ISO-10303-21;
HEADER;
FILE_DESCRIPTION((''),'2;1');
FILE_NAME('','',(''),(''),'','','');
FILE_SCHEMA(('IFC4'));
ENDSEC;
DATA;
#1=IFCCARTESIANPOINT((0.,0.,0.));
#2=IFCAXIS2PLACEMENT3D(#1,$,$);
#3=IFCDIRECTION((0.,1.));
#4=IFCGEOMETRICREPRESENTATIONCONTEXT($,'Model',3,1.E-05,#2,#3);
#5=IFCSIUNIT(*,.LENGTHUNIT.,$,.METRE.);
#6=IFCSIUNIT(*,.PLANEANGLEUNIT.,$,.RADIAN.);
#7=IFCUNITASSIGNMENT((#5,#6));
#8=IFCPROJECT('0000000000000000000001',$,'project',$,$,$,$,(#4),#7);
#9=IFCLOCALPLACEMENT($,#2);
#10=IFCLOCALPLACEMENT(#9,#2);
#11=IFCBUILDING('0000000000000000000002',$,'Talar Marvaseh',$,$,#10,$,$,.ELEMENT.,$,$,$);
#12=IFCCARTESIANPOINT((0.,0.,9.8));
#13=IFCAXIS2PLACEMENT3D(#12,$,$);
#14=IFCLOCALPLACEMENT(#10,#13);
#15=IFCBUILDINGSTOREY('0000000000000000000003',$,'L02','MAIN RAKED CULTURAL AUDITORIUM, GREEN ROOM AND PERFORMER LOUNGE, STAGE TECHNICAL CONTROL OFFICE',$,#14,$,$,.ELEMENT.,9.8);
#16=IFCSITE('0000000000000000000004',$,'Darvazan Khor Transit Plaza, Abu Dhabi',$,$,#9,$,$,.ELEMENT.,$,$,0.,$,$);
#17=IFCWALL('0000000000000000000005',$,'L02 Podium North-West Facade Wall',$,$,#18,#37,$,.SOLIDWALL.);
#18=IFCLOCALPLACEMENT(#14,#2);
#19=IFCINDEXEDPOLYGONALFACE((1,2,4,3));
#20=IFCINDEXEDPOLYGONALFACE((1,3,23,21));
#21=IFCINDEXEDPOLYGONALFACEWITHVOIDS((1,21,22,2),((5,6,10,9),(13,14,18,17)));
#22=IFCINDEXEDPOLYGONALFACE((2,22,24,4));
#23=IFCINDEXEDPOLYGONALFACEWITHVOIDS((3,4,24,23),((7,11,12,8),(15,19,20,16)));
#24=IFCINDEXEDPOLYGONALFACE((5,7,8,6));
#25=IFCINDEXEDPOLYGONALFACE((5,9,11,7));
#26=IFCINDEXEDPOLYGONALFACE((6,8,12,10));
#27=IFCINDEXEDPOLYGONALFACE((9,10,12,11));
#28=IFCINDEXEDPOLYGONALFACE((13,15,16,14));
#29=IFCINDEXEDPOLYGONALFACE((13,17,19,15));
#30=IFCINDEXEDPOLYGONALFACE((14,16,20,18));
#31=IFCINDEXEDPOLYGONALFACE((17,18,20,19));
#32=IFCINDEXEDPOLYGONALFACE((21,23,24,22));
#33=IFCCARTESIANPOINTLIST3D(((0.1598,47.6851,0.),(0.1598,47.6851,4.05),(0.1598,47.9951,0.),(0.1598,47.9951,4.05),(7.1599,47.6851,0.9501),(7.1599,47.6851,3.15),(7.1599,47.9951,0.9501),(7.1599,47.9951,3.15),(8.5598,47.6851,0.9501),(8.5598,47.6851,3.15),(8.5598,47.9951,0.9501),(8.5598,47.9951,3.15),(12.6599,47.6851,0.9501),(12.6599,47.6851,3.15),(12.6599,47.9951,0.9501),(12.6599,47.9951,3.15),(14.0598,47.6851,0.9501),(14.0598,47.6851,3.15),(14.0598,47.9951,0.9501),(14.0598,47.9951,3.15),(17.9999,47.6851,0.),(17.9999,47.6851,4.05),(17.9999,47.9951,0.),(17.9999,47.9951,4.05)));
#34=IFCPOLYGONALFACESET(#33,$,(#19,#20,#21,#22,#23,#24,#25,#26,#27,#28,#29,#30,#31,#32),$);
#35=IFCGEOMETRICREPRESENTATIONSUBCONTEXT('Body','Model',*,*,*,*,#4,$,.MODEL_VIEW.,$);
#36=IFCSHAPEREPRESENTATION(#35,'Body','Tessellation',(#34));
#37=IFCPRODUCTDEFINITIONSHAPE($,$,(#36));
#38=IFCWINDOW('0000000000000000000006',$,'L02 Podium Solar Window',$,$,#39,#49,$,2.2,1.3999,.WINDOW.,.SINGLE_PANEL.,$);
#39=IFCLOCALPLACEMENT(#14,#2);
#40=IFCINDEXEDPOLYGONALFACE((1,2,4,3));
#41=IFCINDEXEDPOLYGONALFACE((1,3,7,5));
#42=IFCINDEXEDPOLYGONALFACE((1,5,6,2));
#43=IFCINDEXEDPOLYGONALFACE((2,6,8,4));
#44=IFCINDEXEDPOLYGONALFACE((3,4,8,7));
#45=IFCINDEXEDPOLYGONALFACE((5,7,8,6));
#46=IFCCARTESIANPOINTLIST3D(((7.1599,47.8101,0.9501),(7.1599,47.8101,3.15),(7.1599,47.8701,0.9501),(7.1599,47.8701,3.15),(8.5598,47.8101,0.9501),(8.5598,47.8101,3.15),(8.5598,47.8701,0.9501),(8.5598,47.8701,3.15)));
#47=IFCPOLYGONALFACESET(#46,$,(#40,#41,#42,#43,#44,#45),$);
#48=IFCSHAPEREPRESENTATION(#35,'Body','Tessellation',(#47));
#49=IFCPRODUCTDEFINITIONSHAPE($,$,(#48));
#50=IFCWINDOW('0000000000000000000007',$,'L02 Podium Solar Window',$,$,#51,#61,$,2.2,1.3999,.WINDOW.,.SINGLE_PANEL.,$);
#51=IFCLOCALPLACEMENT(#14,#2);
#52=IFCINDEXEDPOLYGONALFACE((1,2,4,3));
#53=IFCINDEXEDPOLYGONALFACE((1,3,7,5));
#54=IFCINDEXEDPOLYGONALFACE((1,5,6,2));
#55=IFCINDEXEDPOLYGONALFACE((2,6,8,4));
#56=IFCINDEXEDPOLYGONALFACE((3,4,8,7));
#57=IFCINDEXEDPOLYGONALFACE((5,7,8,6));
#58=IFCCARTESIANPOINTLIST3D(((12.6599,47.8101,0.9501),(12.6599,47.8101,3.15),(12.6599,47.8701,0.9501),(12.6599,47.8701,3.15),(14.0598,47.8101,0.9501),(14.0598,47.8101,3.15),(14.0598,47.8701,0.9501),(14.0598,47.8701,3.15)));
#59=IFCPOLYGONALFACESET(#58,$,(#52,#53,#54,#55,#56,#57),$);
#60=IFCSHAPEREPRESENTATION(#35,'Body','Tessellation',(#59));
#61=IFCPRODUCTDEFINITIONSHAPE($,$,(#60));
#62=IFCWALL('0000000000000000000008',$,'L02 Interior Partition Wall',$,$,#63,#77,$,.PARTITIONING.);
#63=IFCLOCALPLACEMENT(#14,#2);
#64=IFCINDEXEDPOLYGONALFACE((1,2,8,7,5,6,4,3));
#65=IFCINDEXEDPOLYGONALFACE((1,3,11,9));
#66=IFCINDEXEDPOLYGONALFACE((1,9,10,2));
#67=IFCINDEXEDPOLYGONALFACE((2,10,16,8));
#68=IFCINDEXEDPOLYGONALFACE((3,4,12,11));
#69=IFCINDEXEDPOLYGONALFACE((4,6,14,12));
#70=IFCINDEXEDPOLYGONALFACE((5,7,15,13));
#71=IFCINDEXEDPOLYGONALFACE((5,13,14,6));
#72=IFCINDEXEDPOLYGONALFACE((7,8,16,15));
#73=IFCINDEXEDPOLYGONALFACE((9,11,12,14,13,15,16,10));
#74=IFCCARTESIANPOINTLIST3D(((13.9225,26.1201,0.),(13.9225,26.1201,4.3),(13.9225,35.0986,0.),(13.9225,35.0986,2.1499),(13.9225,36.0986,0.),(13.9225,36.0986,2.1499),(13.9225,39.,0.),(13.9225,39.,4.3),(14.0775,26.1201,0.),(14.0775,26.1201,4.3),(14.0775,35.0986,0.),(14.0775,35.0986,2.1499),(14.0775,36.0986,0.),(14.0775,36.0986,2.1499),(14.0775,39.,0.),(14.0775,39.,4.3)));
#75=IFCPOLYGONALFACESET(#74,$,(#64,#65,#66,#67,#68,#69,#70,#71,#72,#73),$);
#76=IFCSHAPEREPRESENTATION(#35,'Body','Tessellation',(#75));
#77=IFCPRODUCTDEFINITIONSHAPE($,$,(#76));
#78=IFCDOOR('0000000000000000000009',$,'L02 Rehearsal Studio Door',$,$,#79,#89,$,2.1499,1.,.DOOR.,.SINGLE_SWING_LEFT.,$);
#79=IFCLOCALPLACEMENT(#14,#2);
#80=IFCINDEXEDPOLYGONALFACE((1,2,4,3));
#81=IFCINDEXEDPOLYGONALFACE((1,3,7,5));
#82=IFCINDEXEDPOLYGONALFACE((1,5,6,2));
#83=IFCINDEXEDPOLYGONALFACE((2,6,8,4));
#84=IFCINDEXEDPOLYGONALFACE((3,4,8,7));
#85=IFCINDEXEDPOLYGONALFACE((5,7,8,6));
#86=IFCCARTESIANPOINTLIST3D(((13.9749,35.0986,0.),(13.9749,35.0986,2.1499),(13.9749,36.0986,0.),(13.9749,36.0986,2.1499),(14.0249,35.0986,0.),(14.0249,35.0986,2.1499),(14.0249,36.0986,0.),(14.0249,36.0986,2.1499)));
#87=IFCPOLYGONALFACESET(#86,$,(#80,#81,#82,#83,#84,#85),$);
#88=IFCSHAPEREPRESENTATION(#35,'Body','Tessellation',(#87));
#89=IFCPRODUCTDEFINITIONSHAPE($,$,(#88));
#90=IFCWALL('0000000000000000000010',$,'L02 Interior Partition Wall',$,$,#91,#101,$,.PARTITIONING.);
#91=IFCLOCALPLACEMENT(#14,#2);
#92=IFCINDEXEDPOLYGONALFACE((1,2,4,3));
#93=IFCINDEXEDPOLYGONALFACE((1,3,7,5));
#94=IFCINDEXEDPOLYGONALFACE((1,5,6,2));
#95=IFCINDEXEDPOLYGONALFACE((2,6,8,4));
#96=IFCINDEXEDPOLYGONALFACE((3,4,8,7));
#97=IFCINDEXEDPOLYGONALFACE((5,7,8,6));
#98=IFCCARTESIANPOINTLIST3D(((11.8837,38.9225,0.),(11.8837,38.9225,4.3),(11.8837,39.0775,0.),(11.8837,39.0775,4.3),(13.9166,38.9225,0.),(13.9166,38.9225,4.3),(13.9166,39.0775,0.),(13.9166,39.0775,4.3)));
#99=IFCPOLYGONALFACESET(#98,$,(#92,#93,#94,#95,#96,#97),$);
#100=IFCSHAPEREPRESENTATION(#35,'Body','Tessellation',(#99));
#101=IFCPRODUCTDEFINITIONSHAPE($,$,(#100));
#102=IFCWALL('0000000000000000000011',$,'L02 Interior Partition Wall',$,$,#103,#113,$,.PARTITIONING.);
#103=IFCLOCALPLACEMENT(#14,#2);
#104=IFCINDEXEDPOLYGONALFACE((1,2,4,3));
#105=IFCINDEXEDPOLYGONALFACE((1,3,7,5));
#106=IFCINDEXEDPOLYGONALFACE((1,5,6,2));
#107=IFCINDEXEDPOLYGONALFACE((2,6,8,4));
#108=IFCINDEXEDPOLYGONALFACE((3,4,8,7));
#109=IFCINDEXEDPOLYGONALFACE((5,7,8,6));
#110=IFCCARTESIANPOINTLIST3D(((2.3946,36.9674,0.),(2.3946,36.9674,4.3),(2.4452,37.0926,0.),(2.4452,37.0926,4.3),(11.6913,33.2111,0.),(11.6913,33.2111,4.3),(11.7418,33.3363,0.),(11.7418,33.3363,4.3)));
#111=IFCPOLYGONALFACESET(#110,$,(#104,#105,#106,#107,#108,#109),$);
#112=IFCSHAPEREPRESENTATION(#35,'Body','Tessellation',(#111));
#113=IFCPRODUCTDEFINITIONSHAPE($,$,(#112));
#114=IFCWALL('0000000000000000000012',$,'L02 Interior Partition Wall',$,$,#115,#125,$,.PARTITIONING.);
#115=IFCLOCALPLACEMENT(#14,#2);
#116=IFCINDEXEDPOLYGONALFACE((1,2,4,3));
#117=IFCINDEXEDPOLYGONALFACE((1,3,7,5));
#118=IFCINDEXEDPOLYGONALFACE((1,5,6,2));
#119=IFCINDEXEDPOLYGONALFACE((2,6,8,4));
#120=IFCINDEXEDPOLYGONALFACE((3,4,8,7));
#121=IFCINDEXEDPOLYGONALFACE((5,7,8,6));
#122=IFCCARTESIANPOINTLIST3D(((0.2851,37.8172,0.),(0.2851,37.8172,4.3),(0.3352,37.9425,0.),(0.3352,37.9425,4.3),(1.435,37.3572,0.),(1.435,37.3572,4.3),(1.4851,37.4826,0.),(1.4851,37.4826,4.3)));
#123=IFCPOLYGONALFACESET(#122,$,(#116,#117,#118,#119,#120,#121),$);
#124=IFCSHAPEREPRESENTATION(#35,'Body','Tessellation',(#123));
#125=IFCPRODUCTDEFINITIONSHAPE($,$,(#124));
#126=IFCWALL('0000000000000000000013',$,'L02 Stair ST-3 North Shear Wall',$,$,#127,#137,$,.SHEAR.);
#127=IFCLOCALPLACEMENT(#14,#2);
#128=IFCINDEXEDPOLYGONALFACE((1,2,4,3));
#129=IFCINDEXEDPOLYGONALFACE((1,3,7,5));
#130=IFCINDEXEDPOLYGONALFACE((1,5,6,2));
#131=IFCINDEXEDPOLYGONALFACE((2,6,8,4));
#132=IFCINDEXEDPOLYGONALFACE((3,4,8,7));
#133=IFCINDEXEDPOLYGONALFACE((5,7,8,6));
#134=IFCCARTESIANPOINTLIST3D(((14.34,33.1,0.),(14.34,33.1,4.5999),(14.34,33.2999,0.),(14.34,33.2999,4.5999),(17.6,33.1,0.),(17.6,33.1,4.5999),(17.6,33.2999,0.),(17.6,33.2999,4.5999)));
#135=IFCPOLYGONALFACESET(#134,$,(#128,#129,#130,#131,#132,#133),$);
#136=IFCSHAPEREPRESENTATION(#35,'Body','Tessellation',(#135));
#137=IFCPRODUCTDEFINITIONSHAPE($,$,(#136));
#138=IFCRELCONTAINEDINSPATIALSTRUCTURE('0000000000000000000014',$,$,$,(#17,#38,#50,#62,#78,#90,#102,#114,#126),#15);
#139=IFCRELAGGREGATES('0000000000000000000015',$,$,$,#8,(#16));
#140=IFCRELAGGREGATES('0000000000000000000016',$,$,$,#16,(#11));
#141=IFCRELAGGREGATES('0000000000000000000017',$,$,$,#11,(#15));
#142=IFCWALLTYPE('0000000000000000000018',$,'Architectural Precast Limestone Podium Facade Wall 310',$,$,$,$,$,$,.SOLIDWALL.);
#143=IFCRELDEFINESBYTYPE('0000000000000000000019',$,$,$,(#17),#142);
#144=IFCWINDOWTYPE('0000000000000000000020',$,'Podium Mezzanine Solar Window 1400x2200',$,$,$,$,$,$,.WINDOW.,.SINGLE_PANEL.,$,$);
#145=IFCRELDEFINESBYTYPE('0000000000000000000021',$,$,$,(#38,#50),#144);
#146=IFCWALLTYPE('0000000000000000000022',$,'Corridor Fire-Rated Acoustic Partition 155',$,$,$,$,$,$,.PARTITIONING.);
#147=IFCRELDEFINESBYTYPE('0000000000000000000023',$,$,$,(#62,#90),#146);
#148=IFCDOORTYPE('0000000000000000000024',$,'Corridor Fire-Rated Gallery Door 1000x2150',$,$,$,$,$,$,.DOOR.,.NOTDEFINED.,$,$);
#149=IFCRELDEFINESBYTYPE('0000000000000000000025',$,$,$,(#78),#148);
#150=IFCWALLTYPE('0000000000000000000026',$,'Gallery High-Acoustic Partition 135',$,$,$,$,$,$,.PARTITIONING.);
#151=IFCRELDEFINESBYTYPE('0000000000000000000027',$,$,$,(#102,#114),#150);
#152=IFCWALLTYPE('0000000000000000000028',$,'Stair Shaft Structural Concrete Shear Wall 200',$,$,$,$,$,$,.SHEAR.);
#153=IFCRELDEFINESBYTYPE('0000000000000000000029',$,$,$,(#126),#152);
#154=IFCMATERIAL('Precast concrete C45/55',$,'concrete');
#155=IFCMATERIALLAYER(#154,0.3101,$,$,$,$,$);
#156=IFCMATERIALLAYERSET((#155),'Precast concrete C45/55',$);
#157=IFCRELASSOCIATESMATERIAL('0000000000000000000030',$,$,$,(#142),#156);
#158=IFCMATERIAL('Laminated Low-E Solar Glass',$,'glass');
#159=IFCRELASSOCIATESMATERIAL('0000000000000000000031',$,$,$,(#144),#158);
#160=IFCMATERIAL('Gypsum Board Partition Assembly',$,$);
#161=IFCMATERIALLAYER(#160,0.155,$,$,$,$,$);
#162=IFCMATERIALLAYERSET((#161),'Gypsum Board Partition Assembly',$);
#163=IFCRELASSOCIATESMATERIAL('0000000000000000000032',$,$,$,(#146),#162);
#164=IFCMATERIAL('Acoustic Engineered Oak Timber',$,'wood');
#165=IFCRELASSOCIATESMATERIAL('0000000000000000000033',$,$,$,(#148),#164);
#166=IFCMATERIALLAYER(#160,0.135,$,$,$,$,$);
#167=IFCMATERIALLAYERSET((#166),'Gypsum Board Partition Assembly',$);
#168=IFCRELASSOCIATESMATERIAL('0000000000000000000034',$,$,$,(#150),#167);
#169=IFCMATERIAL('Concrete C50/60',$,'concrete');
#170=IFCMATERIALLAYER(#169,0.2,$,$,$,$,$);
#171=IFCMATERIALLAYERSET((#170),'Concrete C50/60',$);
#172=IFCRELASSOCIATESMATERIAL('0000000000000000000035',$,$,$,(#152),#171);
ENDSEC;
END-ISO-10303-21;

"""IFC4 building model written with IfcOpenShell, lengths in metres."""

from ifc_helpers import new_model, si_unit, direction, frame, frame_2d, origin, place, context, subcontext, project, spatial, rectangle, extrude, source, transform, mapped, material, layer, layer_set, type_object, type_shapes, element, fill, save


model = new_model("IFC4")

# Units and contexts
model_context = context("Model", 3, precision=1e-05, world=origin(), true_north=direction((0.0, 1.0)))
body_context = subcontext(model_context, "Body", "Model", "MODEL_VIEW")
ifc_project = project(units=[si_unit("LENGTHUNIT", "METRE"), si_unit("PLANEANGLEUNIT", "RADIAN")], contexts=[model_context])

# Site, building, storey
site_placement = place(None, origin())
site = spatial("IfcSite", under=ifc_project, at=site_placement, Name="Darvazan Khor Transit Plaza, Abu Dhabi", CompositionType="ELEMENT", RefElevation=0.0)
building_placement = place(site_placement, origin())
building = spatial("IfcBuilding", under=site, at=building_placement, Name="Talar Marvaseh", CompositionType="ELEMENT")
storey_placement = place(building_placement, frame((0.0, 0.0, 9.8)))
storey = spatial("IfcBuildingStorey", under=building, at=storey_placement, Name="L02", Description="MAIN RAKED CULTURAL AUDITORIUM, GREEN ROOM AND PERFORMER LOUNGE, STAGE TECHNICAL CONTROL OFFICE", CompositionType="ELEMENT", Elevation=9.8)

# Wall, openings, windows
ifc_material_1 = material(Name="Precast concrete C45/55", Category="concrete")
ifc_layer_1 = layer(ifc_material_1, 0.3101)
ifc_layer_set_1 = layer_set([ifc_layer_1], Name="Precast concrete C45/55")
wall_type_1 = type_object("IfcWallType", Name="Architectural Precast Limestone Podium Facade Wall 310", PredefinedType="SOLIDWALL", material=ifc_layer_set_1)
wall_1_placement = place(storey_placement, frame((0.1599, 47.8401, 0.0), z_axis=(0.0, 0.0, 1.0), x_axis=(1.0, 0.0, 0.0)))
wall_1 = element("IfcWall", 1, at=wall_1_placement, inside=storey, type_object=wall_type_1, Name="L02 Podium North-West Facade Wall", PredefinedType="SOLIDWALL", context=body_context, shape_type="SweptSolid", body=[
    extrude(rectangle(XDim=17.8401, YDim=0.3101, at=frame_2d((8.9199, 0.0))), origin(), (0.0, 0.0, 1.0), 4.05),
])
opening_1_placement = place(wall_1_placement, frame((7.0, 0.0, 0.95)))
opening_1 = element("IfcOpeningElement", 2, at=opening_1_placement, cuts=wall_1, PredefinedType="OPENING", context=body_context, shape_type="SweptSolid", body=[
    extrude(rectangle(XDim=1.3999, YDim=2.2, at=frame_2d((0.7, 1.1001))), frame((0.0, 0.165, 0.0), z_axis=(0.0, -1.0, 0.0), x_axis=(1.0, 0.0, 0.0)), (0.0, 0.0, 1.0), 0.3301),
])
opening_2_placement = place(wall_1_placement, frame((12.5, 0.0, 0.95)))
opening_2 = element("IfcOpeningElement", 3, at=opening_2_placement, cuts=wall_1, PredefinedType="OPENING", context=body_context, shape_type="SweptSolid", body=[
    extrude(rectangle(XDim=1.3999, YDim=2.2, at=frame_2d((0.7, 1.1001))), frame((0.0, 0.165, 0.0), z_axis=(0.0, -1.0, 0.0), x_axis=(1.0, 0.0, 0.0)), (0.0, 0.0, 1.0), 0.3301),
])
ifc_material_2 = material(Name="Laminated Low-E Solar Glass", Category="glass")
window_type = type_object("IfcWindowType", Name="Podium Mezzanine Solar Window 1400x2200", PartitioningType="SINGLE_PANEL", PredefinedType="WINDOW", material=ifc_material_2)
shared_shape_1 = source(origin(), body_context, "Body", "SweptSolid", [
    extrude(rectangle(XDim=1.3999, YDim=2.2, at=frame_2d((0.7, 1.1001))), frame((0.0, 0.03, 0.0), z_axis=(0.0, -1.0, 0.0), x_axis=(1.0, 0.0, 0.0)), (0.0, 0.0, 1.0), 0.0601),
])
type_shapes(window_type, [shared_shape_1])
window_1_placement = place(opening_1_placement, origin())
window_1 = element("IfcWindow", 4, at=window_1_placement, inside=storey, type_object=window_type, Name="L02 Podium Solar Window", OverallHeight=2.2, OverallWidth=1.3999, PartitioningType="SINGLE_PANEL", PredefinedType="WINDOW", context=body_context, shape_type="MappedRepresentation", body=[
    mapped(shared_shape_1, transform((0.0, 0.0, 0.0), x_axis=(1.0, 0.0, 0.0), y_axis=(0.0, 1.0, 0.0), z_axis=(0.0, 0.0, 1.0), scale=1.0)),
])
fill(opening_1, window_1)
window_2_placement = place(opening_2_placement, origin())
window_2 = element("IfcWindow", 5, at=window_2_placement, inside=storey, type_object=window_type, Name="L02 Podium Solar Window", OverallHeight=2.2, OverallWidth=1.3999, PartitioningType="SINGLE_PANEL", PredefinedType="WINDOW", context=body_context, shape_type="MappedRepresentation", body=[
    mapped(shared_shape_1, transform((0.0, 0.0, 0.0), x_axis=(1.0, 0.0, 0.0), y_axis=(0.0, 1.0, 0.0), z_axis=(0.0, 0.0, 1.0), scale=1.0)),
])
fill(opening_2, window_2)

# Wall, opening, door
ifc_material_3 = material(Name="Gypsum Board Partition Assembly")
ifc_layer_2 = layer(ifc_material_3, 0.155)
ifc_layer_set_2 = layer_set([ifc_layer_2], Name="Gypsum Board Partition Assembly")
wall_type_2 = type_object("IfcWallType", Name="Corridor Fire-Rated Acoustic Partition 155", PredefinedType="PARTITIONING", material=ifc_layer_set_2)
wall_2_placement = place(storey_placement, frame((14.0, 39.0, 0.0), z_axis=(0.0, 0.0, 1.0), x_axis=(0.0, -1.0, 0.0)))
wall_2 = element("IfcWall", 6, at=wall_2_placement, inside=storey, type_object=wall_type_2, Name="L02 Interior Partition Wall", PredefinedType="PARTITIONING", context=body_context, shape_type="SweptSolid", body=[
    extrude(rectangle(XDim=12.8799, YDim=0.155, at=frame_2d((6.4399, 0.0))), origin(), (0.0, 0.0, 1.0), 4.3),
])
opening_3_placement = place(wall_2_placement, frame((2.9014, 0.0, 0.0)))
opening_3 = element("IfcOpeningElement", 7, at=opening_3_placement, cuts=wall_2, PredefinedType="OPENING", context=body_context, shape_type="SweptSolid", body=[
    extrude(rectangle(XDim=1.0, YDim=2.1499, at=frame_2d((0.5, 1.075))), frame((0.0, 0.0874, 0.0), z_axis=(0.0, -1.0, 0.0), x_axis=(1.0, 0.0, 0.0)), (0.0, 0.0, 1.0), 0.175),
])
ifc_material_4 = material(Name="Acoustic Engineered Oak Timber", Category="wood")
door_type = type_object("IfcDoorType", Name="Corridor Fire-Rated Gallery Door 1000x2150", OperationType="NOTDEFINED", PredefinedType="DOOR", material=ifc_material_4)
shared_shape_2 = source(origin(), body_context, "Body", "SweptSolid", [
    extrude(rectangle(XDim=1.0, YDim=2.1499, at=frame_2d((0.5, 1.075))), frame((0.0, 0.0249, 0.0), z_axis=(0.0, -1.0, 0.0), x_axis=(1.0, 0.0, 0.0)), (0.0, 0.0, 1.0), 0.05),
])
type_shapes(door_type, [shared_shape_2])
door_placement = place(opening_3_placement, origin())
door = element("IfcDoor", 8, at=door_placement, inside=storey, type_object=door_type, Name="L02 Rehearsal Studio Door", OperationType="SINGLE_SWING_LEFT", OverallHeight=2.1499, OverallWidth=1.0, PredefinedType="DOOR", context=body_context, shape_type="MappedRepresentation", body=[
    mapped(shared_shape_2, transform((0.0, 0.0, 0.0), x_axis=(1.0, 0.0, 0.0), y_axis=(0.0, 1.0, 0.0), z_axis=(0.0, 0.0, 1.0), scale=1.0)),
])
fill(opening_3, door)

# Walls
wall_3_placement = place(storey_placement, frame((11.8835, 39.0, 0.0), z_axis=(0.0, 0.0, 1.0), x_axis=(1.0, 0.0, 0.0)))
element("IfcWall", 9, at=wall_3_placement, inside=storey, type_object=wall_type_2, Name="L02 Interior Partition Wall", PredefinedType="PARTITIONING", context=body_context, shape_type="SweptSolid", body=[
    extrude(rectangle(XDim=2.033, YDim=0.155, at=frame_2d((1.0166, 0.0))), origin(), (0.0, 0.0, 1.0), 4.3),
])
ifc_layer_3 = layer(ifc_material_3, 0.135)
ifc_layer_set_3 = layer_set([ifc_layer_3], Name="Gypsum Board Partition Assembly")
wall_type_3 = type_object("IfcWallType", Name="Gallery High-Acoustic Partition 135", PredefinedType="PARTITIONING", material=ifc_layer_set_3)
wall_4_placement = place(storey_placement, frame((11.7166, 33.2737, 0.0), z_axis=(0.0, 0.0, 1.0), x_axis=(-0.927175, 0.374629, 0.0)))
element("IfcWall", 10, at=wall_4_placement, inside=storey, type_object=wall_type_3, Name="L02 Interior Partition Wall", PredefinedType="PARTITIONING", context=body_context, shape_type="SweptSolid", body=[
    extrude(rectangle(XDim=10.0269, YDim=0.135, at=frame_2d((5.0134, 0.0))), origin(), (0.0, 0.0, 1.0), 4.3),
])
wall_5_placement = place(storey_placement, frame((1.46, 37.4199, 0.0), z_axis=(0.0, 0.0, 1.0), x_axis=(-0.928477, 0.371391, 0.0)))
element("IfcWall", 11, at=wall_5_placement, inside=storey, type_object=wall_type_3, Name="L02 Interior Partition Wall", PredefinedType="PARTITIONING", context=body_context, shape_type="SweptSolid", body=[
    extrude(rectangle(XDim=1.2385, YDim=0.135, at=frame_2d((0.6191, 0.0))), origin(), (0.0, 0.0, 1.0), 4.3),
])
ifc_material_5 = material(Name="Concrete C50/60", Category="concrete")
ifc_layer_4 = layer(ifc_material_5, 0.2)
ifc_layer_set_4 = layer_set([ifc_layer_4], Name="Concrete C50/60")
wall_type_4 = type_object("IfcWallType", Name="Stair Shaft Structural Concrete Shear Wall 200", PredefinedType="SHEAR", material=ifc_layer_set_4)
wall_6_placement = place(storey_placement, frame((14.3401, 33.2, 0.0), z_axis=(0.0, 0.0, 1.0), x_axis=(1.0, 0.0, 0.0)))
element("IfcWall", 12, at=wall_6_placement, inside=storey, type_object=wall_type_4, Name="L02 Stair ST-3 North Shear Wall", PredefinedType="SHEAR", context=body_context, shape_type="SweptSolid", body=[
    extrude(rectangle(XDim=3.26, YDim=0.2, at=frame_2d((1.6299, 0.0))), origin(), (0.0, 0.0, 1.0), 4.5999),
])

save(model, "model.ifc")
